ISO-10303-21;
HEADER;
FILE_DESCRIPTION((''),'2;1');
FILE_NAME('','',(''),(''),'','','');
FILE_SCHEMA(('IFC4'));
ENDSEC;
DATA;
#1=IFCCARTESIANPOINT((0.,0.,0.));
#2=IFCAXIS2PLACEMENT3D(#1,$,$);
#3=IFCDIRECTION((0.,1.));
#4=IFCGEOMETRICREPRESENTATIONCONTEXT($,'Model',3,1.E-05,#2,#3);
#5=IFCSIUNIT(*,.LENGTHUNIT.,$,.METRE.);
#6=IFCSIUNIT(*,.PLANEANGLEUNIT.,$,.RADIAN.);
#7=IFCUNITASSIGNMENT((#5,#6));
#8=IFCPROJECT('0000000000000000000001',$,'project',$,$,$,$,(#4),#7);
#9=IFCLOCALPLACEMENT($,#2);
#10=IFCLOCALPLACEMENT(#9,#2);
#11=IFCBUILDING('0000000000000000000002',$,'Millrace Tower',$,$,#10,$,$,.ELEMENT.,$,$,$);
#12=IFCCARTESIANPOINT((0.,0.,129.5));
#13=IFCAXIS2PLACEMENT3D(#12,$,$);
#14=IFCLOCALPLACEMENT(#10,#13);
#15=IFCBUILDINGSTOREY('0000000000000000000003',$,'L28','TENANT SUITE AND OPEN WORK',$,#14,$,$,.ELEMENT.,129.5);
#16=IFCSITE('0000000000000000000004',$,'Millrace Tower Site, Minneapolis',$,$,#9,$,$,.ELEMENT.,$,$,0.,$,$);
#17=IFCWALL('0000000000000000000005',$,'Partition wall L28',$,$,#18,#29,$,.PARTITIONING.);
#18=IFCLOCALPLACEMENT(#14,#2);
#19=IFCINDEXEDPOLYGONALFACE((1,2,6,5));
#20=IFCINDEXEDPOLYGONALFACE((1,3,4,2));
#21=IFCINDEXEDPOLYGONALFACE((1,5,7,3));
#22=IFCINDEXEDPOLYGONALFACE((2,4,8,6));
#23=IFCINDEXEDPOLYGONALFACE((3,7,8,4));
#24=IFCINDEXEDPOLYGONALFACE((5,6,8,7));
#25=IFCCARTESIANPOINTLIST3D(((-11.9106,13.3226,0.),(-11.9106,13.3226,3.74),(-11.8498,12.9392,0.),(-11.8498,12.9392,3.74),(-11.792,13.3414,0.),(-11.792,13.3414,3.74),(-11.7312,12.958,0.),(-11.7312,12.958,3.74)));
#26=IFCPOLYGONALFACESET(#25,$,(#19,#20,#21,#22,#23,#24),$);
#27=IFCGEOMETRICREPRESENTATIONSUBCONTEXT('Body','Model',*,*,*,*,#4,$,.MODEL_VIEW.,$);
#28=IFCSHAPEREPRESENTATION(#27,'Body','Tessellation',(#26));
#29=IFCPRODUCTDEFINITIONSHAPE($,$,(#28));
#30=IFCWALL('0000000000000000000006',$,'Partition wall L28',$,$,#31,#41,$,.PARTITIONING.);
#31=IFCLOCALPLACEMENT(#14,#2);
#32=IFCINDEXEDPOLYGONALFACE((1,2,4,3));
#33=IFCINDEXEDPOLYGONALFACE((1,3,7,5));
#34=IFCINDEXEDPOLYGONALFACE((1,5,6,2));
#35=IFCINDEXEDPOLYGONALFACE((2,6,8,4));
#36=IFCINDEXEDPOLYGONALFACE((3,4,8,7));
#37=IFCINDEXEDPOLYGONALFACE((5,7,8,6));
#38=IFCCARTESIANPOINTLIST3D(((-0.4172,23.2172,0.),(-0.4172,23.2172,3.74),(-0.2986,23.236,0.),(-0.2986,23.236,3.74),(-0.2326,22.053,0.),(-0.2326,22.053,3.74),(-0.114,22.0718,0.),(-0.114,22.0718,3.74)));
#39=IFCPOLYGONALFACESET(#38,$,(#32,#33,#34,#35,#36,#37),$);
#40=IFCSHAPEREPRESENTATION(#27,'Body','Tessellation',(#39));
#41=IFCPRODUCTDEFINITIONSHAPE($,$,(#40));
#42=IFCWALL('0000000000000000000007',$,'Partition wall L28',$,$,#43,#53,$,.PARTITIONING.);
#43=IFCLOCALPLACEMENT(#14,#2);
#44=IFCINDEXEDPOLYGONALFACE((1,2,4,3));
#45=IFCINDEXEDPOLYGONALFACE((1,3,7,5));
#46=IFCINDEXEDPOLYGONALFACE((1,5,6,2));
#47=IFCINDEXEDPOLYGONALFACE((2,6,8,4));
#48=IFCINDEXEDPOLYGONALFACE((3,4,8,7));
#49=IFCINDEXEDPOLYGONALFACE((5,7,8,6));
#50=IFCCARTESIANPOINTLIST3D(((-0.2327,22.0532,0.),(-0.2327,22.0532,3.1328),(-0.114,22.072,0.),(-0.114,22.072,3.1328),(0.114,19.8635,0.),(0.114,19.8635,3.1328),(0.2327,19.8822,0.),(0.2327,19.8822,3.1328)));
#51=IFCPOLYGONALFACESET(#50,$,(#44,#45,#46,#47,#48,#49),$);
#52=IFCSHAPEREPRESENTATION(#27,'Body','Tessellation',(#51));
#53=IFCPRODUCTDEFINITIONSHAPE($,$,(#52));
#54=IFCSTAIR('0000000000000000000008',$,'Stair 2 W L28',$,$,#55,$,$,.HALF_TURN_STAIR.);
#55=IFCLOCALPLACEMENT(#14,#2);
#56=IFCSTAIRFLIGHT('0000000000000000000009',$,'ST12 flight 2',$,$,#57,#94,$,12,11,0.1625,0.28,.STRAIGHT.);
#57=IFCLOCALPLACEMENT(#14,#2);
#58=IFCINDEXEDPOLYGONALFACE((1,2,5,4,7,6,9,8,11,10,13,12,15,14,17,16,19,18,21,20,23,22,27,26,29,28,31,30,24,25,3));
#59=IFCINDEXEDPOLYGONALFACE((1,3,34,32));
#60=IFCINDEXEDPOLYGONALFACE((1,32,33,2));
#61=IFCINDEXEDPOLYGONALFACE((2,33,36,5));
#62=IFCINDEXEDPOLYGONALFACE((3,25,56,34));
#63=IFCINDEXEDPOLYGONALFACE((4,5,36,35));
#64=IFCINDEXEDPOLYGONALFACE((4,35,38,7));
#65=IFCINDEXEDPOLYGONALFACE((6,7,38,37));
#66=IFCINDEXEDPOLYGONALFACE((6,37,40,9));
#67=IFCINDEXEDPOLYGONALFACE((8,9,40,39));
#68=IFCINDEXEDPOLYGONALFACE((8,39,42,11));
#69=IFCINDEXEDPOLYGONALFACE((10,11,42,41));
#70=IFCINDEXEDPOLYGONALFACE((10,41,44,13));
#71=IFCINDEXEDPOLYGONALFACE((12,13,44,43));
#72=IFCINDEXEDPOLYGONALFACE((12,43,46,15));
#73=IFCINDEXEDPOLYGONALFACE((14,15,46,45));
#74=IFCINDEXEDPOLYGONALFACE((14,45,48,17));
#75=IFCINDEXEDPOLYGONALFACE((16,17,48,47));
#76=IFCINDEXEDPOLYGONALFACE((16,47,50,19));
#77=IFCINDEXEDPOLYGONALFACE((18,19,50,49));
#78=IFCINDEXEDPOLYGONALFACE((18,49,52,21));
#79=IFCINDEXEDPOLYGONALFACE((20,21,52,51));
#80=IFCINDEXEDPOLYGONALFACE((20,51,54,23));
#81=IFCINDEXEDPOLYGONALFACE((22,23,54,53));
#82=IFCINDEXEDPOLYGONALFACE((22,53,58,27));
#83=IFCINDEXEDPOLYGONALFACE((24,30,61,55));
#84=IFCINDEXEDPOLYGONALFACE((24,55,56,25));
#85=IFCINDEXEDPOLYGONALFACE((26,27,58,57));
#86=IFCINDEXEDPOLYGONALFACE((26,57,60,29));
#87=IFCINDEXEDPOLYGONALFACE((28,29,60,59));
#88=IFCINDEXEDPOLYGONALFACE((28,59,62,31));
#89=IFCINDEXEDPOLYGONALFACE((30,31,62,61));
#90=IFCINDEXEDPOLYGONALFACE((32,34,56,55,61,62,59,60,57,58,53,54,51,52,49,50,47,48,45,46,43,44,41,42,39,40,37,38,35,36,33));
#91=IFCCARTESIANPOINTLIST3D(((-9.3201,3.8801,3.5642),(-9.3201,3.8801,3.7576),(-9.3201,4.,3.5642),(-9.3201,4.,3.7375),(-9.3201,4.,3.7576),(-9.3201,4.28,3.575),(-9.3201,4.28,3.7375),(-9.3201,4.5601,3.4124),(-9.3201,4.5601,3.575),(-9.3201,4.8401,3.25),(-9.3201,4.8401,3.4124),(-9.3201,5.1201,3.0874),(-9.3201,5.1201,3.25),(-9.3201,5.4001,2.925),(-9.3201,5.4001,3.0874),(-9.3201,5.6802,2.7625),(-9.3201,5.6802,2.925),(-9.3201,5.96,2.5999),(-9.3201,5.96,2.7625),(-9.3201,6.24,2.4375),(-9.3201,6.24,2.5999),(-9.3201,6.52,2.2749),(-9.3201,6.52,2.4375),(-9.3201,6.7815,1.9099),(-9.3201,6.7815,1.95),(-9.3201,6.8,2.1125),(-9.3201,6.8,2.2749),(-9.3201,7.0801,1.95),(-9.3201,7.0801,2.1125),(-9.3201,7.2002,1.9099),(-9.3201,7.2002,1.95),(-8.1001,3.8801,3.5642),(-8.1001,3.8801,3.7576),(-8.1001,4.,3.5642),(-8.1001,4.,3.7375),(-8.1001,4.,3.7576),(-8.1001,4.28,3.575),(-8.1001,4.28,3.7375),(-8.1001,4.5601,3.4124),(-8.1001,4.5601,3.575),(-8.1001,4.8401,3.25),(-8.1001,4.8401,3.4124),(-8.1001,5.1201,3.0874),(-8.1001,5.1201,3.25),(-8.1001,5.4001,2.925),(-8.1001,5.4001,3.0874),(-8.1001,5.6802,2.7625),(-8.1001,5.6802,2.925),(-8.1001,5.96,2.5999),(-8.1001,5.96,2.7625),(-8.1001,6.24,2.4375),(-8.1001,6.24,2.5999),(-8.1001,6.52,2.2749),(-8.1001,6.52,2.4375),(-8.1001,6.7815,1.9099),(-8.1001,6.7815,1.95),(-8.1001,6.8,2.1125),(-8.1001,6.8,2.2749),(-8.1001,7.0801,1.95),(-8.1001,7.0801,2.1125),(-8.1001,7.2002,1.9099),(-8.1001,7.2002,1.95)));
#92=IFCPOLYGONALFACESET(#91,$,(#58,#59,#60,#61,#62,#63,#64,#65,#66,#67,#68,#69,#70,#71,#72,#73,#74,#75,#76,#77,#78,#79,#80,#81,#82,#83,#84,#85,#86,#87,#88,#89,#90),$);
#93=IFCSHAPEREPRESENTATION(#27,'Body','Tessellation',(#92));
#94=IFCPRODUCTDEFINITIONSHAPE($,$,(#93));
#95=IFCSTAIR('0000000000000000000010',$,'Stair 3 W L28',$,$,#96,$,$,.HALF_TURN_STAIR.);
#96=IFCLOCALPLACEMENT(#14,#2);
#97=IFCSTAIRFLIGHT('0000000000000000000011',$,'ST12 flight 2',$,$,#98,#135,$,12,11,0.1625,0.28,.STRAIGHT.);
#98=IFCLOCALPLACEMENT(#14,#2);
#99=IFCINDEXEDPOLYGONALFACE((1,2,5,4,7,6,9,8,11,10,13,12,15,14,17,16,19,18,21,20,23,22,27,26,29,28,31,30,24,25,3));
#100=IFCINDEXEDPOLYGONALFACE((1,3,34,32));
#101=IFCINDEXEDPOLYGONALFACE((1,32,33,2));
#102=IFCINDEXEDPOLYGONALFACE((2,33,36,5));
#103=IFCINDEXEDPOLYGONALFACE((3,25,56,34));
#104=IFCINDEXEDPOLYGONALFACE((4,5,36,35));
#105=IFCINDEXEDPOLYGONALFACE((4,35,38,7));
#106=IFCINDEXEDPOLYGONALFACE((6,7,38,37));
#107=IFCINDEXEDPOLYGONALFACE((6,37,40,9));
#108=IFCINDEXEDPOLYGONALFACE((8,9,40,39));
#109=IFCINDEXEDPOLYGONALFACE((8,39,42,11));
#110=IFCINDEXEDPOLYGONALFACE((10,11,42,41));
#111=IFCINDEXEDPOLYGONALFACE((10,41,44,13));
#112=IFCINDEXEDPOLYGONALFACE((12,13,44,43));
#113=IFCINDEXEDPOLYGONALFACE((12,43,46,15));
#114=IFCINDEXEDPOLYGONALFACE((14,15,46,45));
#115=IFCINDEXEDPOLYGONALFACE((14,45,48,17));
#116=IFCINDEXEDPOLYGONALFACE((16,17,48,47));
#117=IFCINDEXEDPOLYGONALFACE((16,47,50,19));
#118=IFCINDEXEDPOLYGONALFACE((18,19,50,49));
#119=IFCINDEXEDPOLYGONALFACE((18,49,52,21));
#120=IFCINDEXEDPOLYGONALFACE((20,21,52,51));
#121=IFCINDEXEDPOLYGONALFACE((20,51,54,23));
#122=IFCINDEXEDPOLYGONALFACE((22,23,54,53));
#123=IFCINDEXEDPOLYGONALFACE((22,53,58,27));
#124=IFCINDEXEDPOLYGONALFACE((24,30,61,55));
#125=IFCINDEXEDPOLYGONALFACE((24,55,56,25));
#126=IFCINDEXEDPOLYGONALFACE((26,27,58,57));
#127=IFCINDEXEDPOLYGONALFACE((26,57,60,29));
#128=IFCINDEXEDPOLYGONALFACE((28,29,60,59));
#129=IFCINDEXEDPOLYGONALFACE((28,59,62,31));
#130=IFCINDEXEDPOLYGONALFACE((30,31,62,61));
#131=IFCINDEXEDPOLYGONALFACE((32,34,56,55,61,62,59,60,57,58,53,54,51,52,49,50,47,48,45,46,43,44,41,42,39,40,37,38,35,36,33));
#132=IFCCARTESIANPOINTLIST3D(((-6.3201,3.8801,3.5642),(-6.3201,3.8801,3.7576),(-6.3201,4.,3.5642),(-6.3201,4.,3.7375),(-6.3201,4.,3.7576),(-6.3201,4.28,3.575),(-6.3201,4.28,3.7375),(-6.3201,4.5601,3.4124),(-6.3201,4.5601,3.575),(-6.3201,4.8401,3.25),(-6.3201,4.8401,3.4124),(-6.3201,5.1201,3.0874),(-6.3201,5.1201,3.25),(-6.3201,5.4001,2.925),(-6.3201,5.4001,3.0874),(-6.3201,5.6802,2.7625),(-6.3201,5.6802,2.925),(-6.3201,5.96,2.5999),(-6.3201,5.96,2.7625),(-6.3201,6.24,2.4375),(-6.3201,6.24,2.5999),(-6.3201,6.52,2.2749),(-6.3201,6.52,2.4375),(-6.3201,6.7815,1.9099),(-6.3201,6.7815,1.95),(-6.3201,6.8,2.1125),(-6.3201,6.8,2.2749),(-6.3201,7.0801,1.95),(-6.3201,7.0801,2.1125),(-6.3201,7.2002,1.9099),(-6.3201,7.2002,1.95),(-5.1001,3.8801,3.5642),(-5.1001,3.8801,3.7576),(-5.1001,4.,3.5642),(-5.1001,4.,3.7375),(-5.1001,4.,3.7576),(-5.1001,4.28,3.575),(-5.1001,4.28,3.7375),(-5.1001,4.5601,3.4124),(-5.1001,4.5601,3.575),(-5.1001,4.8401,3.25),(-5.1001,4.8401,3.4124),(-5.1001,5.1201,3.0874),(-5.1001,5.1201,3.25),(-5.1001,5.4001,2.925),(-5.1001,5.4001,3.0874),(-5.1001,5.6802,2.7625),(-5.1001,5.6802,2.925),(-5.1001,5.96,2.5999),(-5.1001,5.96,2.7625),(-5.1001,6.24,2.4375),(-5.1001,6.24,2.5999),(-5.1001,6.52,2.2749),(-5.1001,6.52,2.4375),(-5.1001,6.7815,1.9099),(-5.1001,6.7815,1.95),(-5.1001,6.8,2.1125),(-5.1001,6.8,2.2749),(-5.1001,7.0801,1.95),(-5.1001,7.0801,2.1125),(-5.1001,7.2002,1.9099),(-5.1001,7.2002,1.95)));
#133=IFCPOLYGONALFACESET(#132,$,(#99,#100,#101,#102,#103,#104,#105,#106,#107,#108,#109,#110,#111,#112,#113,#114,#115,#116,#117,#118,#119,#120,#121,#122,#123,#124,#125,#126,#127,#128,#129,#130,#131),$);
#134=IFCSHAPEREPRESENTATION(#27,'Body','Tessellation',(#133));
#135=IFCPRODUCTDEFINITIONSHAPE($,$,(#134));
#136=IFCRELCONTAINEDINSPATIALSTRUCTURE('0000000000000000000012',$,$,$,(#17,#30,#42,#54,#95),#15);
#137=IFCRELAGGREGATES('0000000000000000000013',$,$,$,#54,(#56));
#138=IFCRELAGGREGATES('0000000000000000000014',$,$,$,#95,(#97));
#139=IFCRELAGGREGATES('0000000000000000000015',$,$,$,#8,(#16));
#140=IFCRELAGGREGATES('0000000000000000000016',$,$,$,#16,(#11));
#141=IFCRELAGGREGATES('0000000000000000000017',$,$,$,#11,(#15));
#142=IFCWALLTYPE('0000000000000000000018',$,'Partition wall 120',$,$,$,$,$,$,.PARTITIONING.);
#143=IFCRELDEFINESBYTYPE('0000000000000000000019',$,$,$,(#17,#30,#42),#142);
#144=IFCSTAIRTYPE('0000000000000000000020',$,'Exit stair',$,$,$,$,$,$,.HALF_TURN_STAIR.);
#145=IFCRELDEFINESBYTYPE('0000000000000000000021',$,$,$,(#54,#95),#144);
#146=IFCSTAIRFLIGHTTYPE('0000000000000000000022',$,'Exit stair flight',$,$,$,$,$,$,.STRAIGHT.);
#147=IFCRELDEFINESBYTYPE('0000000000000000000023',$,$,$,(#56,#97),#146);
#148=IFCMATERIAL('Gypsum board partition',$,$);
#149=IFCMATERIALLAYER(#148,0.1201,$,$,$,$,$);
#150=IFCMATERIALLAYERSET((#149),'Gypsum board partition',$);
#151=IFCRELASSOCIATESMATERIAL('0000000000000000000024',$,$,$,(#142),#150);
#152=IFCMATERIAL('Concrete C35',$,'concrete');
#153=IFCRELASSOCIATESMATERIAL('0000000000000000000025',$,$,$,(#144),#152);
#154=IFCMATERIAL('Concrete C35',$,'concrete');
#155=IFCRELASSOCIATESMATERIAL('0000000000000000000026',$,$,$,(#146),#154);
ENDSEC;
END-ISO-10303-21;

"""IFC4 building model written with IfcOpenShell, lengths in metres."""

from ifc_helpers import new_model, si_unit, direction, frame, frame_2d, origin, place, context, subcontext, project, spatial, polyline, rectangle, outline, extrude, material, layer, layer_set, type_object, element, aggregate, save


model = new_model("IFC4")

# Units and contexts
model_context = context("Model", 3, precision=1e-05, world=origin(), true_north=direction((0.0, 1.0)))
body_context = subcontext(model_context, "Body", "Model", "MODEL_VIEW")
ifc_project = project(units=[si_unit("LENGTHUNIT", "METRE"), si_unit("PLANEANGLEUNIT", "RADIAN")], contexts=[model_context])

# Site, building, storey
site_placement = place(None, origin())
site = spatial("IfcSite", under=ifc_project, at=site_placement, Name="Millrace Tower Site, Minneapolis", CompositionType="ELEMENT", RefElevation=0.0)
building_placement = place(site_placement, origin())
building = spatial("IfcBuilding", under=site, at=building_placement, Name="Millrace Tower", CompositionType="ELEMENT")
storey_placement = place(building_placement, frame((0.0, 0.0, 129.5)))
storey = spatial("IfcBuildingStorey", under=building, at=storey_placement, Name="L28", Description="TENANT SUITE AND OPEN WORK", CompositionType="ELEMENT", Elevation=129.5)

# Shared definitions
placement = place(storey_placement, origin())

# Walls
ifc_material_1 = material(Name="Gypsum board partition")
ifc_layer_1 = layer(ifc_material_1, 0.1201)
ifc_layer_set_1 = layer_set([ifc_layer_1], Name="Gypsum board partition")
wall_type_1 = type_object("IfcWallType", Name="Partition wall 120", PredefinedType="PARTITIONING", material=ifc_layer_set_1)
wall_1_placement = place(storey_placement, frame((-11.8513, 13.332, 0.0), z_axis=(0.0, 0.0, 1.0), x_axis=(0.156641, -0.987656, 0.0)))
element("IfcWall", 1, at=wall_1_placement, inside=storey, type_object=wall_type_1, Name="Partition wall L28", PredefinedType="PARTITIONING", context=body_context, shape_type="SweptSolid", body=[
    extrude(rectangle(XDim=0.3882, YDim=0.1201, at=frame_2d((0.1941, 0.0))), origin(), (0.0, 0.0, 1.0), 3.74),
])
wall_2_placement = place(storey_placement, frame((-0.3579, 23.2266, 0.0), z_axis=(0.0, 0.0, 1.0), x_axis=(0.156601, -0.987662, 0.0)))
element("IfcWall", 2, at=wall_2_placement, inside=storey, type_object=wall_type_1, Name="Partition wall L28", PredefinedType="PARTITIONING", context=body_context, shape_type="SweptSolid", body=[
    extrude(rectangle(XDim=1.1787, YDim=0.1201, at=frame_2d((0.5894, 0.0))), origin(), (0.0, 0.0, 1.0), 3.74),
])
wall_3_placement = place(storey_placement, frame((-0.1733, 22.0625, 0.0), z_axis=(0.0, 0.0, 1.0), x_axis=(0.156375, -0.987698, 0.0)))
element("IfcWall", 3, at=wall_3_placement, inside=storey, type_object=wall_type_1, Name="Partition wall L28", PredefinedType="PARTITIONING", context=body_context, shape_type="SweptSolid", body=[
    extrude(rectangle(XDim=2.217, YDim=0.1201, at=frame_2d((1.1084, 0.0))), origin(), (0.0, 0.0, 1.0), 3.1328),
])

# Stairs, stair flights
ifc_material_2 = material(Name="Concrete C35", Category="concrete")
stair_type = type_object("IfcStairType", Name="Exit stair", PredefinedType="HALF_TURN_STAIR", material=ifc_material_2)
stair_1 = element("IfcStair", 4, at=placement, inside=storey, type_object=stair_type, Name="Stair 2 W L28", PredefinedType="HALF_TURN_STAIR")
ifc_material_3 = material(Name="Concrete C35", Category="concrete")
stair_flight_type = type_object("IfcStairFlightType", Name="Exit stair flight", PredefinedType="STRAIGHT", material=ifc_material_3)
stair_flight_1_placement = place(storey_placement, frame((-8.71, 7.0801, 1.95), z_axis=(0.0, 0.0, 1.0), x_axis=(0.0, -1.0, 0.0)))
stair_flight_1 = element("IfcStairFlight", 5, at=stair_flight_1_placement, type_object=stair_flight_type, Name="ST12 flight 2", NumberOfRisers=12, NumberOfTreads=11, PredefinedType="STRAIGHT", RiserHeight=0.1625, TreadLength=0.28, context=body_context, shape_type="SweptSolid", body=[
    extrude(outline(polyline([(-0.1201, -0.04), (-0.1201, 0.0), (0.0, 0.0), (0.0, 0.1626), (0.28, 0.1626), (0.28, 0.325), (0.5601, 0.325), (0.5601, 0.4875), (0.8401, 0.4875), (0.8401, 0.6499), (1.1201, 0.6499), (1.1201, 0.8125), (1.3999, 0.8125), (1.3999, 0.9751), (1.6799, 0.9751), (1.6799, 1.1375), (1.96, 1.1375), (1.96, 1.3), (2.24, 1.3), (2.24, 1.4624), (2.52, 1.4624), (2.52, 1.625), (2.8, 1.625), (2.8, 1.7876), (3.0801, 1.7876), (3.0801, 1.8076), (3.2, 1.8076), (3.2, 1.6143), (3.0801, 1.6143), (0.2986, 0.0), (0.2986, -0.04), (-0.1201, -0.04)])), frame((0.0, 0.6099, 0.0), z_axis=(0.0, -1.0, 0.0), x_axis=(1.0, 0.0, 0.0)), (0.0, 0.0, 1.0), 1.22),
])
aggregate(stair_1, [stair_flight_1])
stair_2 = element("IfcStair", 6, at=placement, inside=storey, type_object=stair_type, Name="Stair 3 W L28", PredefinedType="HALF_TURN_STAIR")
stair_flight_2_placement = place(storey_placement, frame((-5.71, 7.0801, 1.95), z_axis=(0.0, 0.0, 1.0), x_axis=(0.0, -1.0, 0.0)))
stair_flight_2 = element("IfcStairFlight", 7, at=stair_flight_2_placement, type_object=stair_flight_type, Name="ST12 flight 2", NumberOfRisers=12, NumberOfTreads=11, PredefinedType="STRAIGHT", RiserHeight=0.1625, TreadLength=0.28, context=body_context, shape_type="SweptSolid", body=[
    extrude(outline(polyline([(-0.1201, -0.04), (-0.1201, 0.0), (0.0, 0.0), (0.0, 0.1626), (0.28, 0.1626), (0.28, 0.325), (0.5601, 0.325), (0.5601, 0.4875), (0.8401, 0.4875), (0.8401, 0.6499), (1.1201, 0.6499), (1.1201, 0.8125), (1.3999, 0.8125), (1.3999, 0.9751), (1.6799, 0.9751), (1.6799, 1.1375), (1.96, 1.1375), (1.96, 1.3), (2.24, 1.3), (2.24, 1.4624), (2.52, 1.4624), (2.52, 1.625), (2.8, 1.625), (2.8, 1.7876), (3.0801, 1.7876), (3.0801, 1.8076), (3.2, 1.8076), (3.2, 1.6143), (3.0801, 1.6143), (0.2986, 0.0), (0.2986, -0.04), (-0.1201, -0.04)])), frame((0.0, 0.6099, 0.0), z_axis=(0.0, -1.0, 0.0), x_axis=(1.0, 0.0, 0.0)), (0.0, 0.0, 1.0), 1.22),
])
aggregate(stair_2, [stair_flight_2])

save(model, "model.ifc")
